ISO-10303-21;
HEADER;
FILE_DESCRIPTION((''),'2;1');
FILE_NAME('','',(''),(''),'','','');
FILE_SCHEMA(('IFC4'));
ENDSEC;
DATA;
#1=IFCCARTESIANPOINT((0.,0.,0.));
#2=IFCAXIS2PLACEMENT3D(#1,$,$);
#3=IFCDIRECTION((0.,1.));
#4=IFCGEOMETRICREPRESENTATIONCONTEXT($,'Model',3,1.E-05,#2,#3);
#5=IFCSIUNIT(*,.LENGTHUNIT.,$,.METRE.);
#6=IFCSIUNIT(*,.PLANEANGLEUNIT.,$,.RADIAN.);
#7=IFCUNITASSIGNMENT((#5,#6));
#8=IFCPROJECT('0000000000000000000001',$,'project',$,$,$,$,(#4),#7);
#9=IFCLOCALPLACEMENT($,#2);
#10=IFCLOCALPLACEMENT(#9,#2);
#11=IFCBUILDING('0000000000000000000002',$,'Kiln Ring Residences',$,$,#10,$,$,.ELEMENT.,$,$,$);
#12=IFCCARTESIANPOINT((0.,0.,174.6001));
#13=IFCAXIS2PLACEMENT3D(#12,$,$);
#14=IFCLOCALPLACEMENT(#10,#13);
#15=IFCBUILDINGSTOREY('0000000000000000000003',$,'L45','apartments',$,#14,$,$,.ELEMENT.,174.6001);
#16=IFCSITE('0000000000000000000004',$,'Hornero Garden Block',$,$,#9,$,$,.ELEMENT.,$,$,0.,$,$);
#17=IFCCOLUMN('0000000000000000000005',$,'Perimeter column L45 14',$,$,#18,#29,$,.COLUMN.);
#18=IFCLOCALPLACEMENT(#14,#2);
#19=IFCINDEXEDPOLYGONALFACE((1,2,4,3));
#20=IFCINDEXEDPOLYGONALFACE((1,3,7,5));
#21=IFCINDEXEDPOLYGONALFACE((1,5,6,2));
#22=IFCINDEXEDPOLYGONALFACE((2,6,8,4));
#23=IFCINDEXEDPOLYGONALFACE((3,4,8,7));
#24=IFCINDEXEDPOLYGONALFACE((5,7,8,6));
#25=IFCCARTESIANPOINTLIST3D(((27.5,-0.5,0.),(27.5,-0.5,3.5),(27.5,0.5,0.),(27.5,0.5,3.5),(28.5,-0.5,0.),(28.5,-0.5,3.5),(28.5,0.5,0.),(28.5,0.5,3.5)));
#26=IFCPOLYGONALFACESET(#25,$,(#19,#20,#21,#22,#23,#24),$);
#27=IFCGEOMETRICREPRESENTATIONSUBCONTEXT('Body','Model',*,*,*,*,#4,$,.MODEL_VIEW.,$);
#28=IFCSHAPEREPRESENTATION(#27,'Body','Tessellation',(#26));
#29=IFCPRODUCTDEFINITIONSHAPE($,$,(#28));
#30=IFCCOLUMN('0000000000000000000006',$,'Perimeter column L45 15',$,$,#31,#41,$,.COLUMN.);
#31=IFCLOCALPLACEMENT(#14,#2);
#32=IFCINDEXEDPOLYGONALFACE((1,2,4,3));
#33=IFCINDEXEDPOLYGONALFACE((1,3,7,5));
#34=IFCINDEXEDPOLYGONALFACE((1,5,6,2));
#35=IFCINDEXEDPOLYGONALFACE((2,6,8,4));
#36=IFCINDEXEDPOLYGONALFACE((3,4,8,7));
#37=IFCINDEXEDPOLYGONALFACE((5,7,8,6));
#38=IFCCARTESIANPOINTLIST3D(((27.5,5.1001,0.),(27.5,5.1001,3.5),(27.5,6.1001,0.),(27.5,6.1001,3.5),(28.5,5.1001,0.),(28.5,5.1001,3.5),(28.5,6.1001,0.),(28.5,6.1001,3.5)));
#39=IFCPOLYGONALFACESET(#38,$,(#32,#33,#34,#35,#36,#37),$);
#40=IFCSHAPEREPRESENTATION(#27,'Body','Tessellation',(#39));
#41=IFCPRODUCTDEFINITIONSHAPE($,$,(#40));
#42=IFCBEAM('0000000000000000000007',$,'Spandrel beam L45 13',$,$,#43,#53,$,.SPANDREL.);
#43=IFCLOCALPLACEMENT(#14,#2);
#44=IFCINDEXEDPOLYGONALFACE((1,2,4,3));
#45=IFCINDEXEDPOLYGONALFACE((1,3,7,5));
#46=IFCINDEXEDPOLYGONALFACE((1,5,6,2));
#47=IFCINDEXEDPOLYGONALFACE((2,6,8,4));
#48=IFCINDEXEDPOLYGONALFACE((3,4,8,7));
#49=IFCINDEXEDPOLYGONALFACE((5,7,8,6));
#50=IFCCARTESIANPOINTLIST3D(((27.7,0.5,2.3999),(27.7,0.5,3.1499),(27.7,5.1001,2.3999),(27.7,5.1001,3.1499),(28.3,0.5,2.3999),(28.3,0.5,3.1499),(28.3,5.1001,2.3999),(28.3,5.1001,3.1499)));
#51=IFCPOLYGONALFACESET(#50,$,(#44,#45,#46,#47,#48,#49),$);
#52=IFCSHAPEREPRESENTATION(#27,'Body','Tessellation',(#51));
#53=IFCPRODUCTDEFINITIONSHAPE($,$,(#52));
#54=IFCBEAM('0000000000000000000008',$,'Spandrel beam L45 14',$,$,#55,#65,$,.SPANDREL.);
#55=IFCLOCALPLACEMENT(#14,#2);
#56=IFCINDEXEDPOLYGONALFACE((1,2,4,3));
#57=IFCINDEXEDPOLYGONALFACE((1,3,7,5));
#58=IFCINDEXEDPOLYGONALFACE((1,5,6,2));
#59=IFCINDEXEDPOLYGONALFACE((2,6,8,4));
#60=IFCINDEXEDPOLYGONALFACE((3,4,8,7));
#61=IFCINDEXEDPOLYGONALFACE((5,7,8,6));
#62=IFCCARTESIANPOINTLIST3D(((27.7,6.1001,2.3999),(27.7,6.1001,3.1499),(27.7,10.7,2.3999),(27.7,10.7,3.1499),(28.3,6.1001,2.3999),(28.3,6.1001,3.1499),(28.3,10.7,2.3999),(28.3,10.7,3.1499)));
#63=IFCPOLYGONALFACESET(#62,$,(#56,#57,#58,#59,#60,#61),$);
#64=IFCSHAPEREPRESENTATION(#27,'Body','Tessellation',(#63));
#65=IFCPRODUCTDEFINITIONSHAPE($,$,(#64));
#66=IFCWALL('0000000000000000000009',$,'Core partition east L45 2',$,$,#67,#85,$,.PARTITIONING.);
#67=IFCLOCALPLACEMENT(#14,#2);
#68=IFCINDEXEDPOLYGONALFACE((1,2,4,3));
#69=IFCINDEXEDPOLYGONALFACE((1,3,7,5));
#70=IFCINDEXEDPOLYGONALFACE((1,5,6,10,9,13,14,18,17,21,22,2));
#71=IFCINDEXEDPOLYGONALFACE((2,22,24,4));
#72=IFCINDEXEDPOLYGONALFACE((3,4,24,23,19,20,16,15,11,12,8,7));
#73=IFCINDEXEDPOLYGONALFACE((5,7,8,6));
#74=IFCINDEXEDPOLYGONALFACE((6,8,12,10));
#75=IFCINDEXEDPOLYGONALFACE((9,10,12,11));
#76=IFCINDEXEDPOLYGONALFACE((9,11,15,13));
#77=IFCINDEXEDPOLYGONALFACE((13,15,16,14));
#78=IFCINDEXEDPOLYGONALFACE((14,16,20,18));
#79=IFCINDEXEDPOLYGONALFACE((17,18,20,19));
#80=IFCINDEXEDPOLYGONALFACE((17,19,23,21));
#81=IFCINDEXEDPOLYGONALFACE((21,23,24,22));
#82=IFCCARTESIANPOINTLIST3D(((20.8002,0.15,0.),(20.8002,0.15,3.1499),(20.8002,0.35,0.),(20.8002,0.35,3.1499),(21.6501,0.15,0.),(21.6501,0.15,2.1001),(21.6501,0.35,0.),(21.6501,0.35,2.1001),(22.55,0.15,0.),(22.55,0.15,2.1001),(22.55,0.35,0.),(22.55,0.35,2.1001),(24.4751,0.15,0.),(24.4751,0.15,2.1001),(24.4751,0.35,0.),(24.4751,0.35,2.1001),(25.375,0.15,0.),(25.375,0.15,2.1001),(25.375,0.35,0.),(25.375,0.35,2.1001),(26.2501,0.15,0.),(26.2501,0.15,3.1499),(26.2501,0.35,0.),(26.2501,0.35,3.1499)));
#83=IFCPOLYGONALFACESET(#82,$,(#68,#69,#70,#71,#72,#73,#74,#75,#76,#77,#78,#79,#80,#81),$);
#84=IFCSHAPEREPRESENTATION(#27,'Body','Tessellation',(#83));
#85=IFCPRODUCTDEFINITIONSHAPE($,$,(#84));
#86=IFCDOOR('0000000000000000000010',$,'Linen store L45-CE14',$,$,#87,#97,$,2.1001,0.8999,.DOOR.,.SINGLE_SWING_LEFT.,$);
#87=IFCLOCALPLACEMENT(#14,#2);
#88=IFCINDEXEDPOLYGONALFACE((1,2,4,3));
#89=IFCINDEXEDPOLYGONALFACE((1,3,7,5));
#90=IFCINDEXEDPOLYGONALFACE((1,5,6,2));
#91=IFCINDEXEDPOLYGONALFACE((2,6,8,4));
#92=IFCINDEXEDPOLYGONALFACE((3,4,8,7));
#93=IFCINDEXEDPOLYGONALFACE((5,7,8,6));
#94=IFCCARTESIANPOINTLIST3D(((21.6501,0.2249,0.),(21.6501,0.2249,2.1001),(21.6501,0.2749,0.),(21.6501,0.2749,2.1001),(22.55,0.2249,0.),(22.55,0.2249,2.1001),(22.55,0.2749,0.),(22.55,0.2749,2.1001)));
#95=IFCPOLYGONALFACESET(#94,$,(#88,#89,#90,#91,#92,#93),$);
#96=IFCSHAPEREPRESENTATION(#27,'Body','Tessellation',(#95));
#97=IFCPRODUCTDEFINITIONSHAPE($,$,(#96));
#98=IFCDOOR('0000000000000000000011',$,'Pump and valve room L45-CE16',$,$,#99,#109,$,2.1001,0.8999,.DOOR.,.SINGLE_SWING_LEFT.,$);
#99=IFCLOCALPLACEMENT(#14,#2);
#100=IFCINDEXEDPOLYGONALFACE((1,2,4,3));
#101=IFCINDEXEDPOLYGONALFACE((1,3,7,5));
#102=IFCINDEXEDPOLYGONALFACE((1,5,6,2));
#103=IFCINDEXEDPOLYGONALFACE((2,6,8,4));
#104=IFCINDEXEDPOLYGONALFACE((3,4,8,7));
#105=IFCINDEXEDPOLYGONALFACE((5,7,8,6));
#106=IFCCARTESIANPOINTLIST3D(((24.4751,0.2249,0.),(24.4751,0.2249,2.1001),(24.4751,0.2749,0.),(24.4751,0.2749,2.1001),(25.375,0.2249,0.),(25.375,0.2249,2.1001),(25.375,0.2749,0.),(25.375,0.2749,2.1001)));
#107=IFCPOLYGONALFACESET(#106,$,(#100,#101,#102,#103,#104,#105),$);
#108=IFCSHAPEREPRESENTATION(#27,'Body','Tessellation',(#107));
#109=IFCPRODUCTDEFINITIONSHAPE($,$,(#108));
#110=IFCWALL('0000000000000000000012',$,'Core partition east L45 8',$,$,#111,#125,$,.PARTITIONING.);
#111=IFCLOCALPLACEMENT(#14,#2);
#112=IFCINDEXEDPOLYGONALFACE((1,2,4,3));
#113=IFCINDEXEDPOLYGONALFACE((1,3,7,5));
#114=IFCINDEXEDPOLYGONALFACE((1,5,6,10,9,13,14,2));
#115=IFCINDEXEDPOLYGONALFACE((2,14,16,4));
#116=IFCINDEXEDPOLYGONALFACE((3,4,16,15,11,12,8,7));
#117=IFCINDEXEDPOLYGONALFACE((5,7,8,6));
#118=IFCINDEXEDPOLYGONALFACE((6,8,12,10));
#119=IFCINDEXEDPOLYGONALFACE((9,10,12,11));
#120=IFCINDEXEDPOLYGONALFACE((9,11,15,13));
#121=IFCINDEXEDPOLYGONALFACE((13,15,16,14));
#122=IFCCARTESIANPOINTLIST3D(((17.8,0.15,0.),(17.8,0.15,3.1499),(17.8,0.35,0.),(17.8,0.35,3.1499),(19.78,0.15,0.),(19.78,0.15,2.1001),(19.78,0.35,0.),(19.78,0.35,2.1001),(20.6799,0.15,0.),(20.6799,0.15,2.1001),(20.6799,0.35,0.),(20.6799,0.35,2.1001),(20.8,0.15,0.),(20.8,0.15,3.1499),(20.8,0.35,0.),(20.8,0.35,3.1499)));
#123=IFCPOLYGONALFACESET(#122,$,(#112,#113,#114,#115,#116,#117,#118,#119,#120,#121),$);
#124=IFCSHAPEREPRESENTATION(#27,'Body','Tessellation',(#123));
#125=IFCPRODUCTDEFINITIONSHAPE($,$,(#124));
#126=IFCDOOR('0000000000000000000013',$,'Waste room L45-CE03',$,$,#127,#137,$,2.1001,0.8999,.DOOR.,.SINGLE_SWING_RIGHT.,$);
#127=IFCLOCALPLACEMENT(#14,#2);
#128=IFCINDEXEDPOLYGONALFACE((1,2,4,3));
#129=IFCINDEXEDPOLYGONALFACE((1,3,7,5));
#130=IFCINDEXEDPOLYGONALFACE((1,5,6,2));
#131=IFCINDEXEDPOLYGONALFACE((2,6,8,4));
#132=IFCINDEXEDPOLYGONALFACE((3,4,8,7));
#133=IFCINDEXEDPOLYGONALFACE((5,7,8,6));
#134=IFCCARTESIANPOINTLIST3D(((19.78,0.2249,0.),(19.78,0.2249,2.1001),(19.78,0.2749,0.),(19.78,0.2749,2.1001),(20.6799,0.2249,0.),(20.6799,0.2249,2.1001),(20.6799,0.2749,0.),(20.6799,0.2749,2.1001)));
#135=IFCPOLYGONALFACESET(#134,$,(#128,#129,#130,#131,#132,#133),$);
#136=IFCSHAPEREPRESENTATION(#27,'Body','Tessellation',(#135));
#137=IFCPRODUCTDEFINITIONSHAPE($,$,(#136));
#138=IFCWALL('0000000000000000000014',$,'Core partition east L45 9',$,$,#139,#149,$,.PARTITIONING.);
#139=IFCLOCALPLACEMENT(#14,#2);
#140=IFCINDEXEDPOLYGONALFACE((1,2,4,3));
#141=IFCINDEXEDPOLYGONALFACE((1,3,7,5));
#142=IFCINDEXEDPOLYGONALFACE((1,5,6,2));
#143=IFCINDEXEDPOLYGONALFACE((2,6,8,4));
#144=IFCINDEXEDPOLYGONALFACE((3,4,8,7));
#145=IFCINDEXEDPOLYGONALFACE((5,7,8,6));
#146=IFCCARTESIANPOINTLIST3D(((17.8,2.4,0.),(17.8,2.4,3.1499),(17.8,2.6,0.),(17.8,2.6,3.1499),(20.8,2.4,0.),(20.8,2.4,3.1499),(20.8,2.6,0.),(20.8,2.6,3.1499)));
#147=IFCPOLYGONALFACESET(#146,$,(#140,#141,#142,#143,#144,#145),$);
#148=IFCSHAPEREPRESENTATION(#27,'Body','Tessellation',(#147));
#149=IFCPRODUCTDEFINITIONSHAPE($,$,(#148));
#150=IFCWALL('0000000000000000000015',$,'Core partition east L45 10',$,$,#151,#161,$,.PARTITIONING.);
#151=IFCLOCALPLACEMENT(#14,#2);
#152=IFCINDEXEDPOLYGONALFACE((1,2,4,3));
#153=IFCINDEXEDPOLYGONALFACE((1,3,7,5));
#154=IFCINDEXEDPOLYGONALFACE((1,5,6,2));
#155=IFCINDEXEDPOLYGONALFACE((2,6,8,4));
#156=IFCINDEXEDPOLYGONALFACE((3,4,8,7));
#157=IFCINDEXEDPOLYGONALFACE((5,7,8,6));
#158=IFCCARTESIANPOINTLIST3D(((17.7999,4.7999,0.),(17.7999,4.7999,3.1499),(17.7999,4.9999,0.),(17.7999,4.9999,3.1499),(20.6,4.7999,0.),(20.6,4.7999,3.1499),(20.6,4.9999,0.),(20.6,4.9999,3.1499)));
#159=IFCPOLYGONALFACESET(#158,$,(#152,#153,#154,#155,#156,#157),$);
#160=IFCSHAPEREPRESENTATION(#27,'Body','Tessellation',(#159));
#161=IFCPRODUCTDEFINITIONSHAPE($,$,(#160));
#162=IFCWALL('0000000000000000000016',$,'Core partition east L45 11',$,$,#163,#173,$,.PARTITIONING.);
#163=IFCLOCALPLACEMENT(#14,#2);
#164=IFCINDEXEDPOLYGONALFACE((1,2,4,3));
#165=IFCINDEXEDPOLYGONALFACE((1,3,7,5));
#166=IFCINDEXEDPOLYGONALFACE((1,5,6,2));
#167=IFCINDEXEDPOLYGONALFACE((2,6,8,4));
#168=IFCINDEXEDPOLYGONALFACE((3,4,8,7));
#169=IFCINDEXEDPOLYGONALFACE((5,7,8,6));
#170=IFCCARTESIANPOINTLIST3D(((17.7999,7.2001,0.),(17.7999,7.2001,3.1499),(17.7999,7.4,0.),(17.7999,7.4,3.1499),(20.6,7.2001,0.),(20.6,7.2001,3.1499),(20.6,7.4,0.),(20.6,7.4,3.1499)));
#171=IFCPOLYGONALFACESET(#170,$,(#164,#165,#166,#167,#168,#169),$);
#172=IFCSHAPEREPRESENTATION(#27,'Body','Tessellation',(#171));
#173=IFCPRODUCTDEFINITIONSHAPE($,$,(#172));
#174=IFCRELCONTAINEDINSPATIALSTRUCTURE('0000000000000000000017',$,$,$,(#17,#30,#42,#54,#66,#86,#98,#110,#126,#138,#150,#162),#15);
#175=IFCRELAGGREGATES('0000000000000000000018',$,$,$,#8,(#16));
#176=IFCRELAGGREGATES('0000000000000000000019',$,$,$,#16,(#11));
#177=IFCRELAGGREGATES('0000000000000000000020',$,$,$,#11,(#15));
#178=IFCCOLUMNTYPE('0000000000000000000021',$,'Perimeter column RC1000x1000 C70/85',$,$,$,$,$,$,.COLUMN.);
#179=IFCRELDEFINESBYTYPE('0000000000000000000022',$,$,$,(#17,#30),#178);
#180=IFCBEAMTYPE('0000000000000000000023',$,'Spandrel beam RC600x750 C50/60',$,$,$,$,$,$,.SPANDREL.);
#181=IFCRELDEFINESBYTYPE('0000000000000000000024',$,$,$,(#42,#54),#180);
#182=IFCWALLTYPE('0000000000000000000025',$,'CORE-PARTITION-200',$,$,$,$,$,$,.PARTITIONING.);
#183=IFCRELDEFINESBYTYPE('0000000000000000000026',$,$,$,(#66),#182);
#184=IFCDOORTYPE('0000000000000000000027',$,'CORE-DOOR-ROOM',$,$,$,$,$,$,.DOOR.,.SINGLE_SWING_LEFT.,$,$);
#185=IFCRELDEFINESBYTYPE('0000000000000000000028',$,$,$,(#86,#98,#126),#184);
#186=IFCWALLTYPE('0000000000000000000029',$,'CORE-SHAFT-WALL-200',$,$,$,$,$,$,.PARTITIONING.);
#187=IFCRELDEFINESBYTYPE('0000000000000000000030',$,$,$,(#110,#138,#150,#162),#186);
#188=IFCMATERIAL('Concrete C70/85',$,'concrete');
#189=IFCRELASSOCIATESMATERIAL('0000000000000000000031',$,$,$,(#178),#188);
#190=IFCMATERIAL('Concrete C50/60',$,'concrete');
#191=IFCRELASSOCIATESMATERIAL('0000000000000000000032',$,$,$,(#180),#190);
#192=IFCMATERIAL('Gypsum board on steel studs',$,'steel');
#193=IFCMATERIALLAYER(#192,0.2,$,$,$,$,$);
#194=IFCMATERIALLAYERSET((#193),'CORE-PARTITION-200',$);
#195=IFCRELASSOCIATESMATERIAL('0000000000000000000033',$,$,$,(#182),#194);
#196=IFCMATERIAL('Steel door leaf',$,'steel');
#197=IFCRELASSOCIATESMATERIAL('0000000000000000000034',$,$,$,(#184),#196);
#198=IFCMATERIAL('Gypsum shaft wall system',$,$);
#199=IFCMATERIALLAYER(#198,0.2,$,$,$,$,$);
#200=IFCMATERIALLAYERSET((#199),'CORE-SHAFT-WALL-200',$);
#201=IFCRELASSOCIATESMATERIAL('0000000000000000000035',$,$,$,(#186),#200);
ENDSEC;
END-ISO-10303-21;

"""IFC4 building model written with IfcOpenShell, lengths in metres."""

from ifc_helpers import new_model, si_unit, direction, frame, frame_2d, origin, origin_2d, place, context, subcontext, project, spatial, rectangle, extrude, material, layer, layer_set, material_profile, profile_set, type_object, element, fill, save


model = new_model("IFC4")

# Units and contexts
model_context = context("Model", 3, precision=1e-05, world=origin(), true_north=direction((0.0, 1.0)))
body_context = subcontext(model_context, "Body", "Model", "MODEL_VIEW")
ifc_project = project(units=[si_unit("LENGTHUNIT", "METRE"), si_unit("PLANEANGLEUNIT", "RADIAN")], contexts=[model_context])

# Site, building, storey
site_placement = place(None, origin())
site = spatial("IfcSite", under=ifc_project, at=site_placement, Name="Hornero Garden Block", CompositionType="ELEMENT", RefElevation=0.0)
building_placement = place(site_placement, origin())
building = spatial("IfcBuilding", under=site, at=building_placement, Name="Kiln Ring Residences", CompositionType="ELEMENT")
storey_placement = place(building_placement, frame((0.0, 0.0, 174.6001)))
storey = spatial("IfcBuildingStorey", under=building, at=storey_placement, Name="L45", Description="apartments", CompositionType="ELEMENT", Elevation=174.6001)

# Columns
ifc_material_1 = material(Name="Concrete C70/85", Category="concrete")
ifc_material_profile_1 = material_profile(ifc_material_1, rectangle(XDim=1.0, YDim=1.0, at=origin_2d()), Name="RC1000x1000")
ifc_profile_set_1 = profile_set([ifc_material_profile_1], Name="Concrete C70/85")
column_type = type_object("IfcColumnType", Name="Perimeter column RC1000x1000 C70/85", PredefinedType="COLUMN", material=ifc_profile_set_1)
for number, where, z_axis, x_axis, name in (
    (1, (28.0, 0.0, 0.0), (0.0, 0.0, 1.0), (1.0, 0.0, 0.0), "Perimeter column L45 14"),
    (2, (28.0, 5.6001, 0.0), (0.0, 0.0, 1.0), (1.0, 0.0, 0.0), "Perimeter column L45 15"),
):
    element("IfcColumn", number, at=place(storey_placement, frame(where, z_axis=z_axis, x_axis=x_axis)), inside=storey, type_object=column_type, Name=name, PredefinedType="COLUMN", context=body_context, shape_type="SweptSolid", body=[
        extrude(rectangle(XDim=1.0, YDim=1.0, at=origin_2d()), origin(), (0.0, 0.0, 1.0), 3.5),
    ])

# Beams
ifc_material_2 = material(Name="Concrete C50/60", Category="concrete")
ifc_material_profile_2 = material_profile(ifc_material_2, rectangle(XDim=0.6001, YDim=0.75, at=origin_2d()), Name="RC600x750")
ifc_profile_set_2 = profile_set([ifc_material_profile_2], Name="Concrete C50/60")
beam_type = type_object("IfcBeamType", Name="Spandrel beam RC600x750 C50/60", PredefinedType="SPANDREL", material=ifc_profile_set_2)
beam_1_placement = place(storey_placement, frame((28.0, 0.5, 2.7749), z_axis=(0.0, 1.0, 0.0), x_axis=(-1.0, 0.0, 0.0)))
element("IfcBeam", 3, at=beam_1_placement, inside=storey, type_object=beam_type, Name="Spandrel beam L45 13", PredefinedType="SPANDREL", context=body_context, shape_type="SweptSolid", body=[
    extrude(rectangle(XDim=0.6001, YDim=0.75, at=origin_2d()), origin(), (0.0, 0.0, 1.0), 4.6001),
])
beam_2_placement = place(storey_placement, frame((28.0, 6.1001, 2.7749), z_axis=(0.0, 1.0, 0.0), x_axis=(-1.0, 0.0, 0.0)))
element("IfcBeam", 4, at=beam_2_placement, inside=storey, type_object=beam_type, Name="Spandrel beam L45 14", PredefinedType="SPANDREL", context=body_context, shape_type="SweptSolid", body=[
    extrude(rectangle(XDim=0.6001, YDim=0.75, at=origin_2d()), origin(), (0.0, 0.0, 1.0), 4.5999),
])

# Wall, openings, doors
ifc_material_3 = material(Name="Gypsum board on steel studs", Category="steel")
ifc_layer_1 = layer(ifc_material_3, 0.2)
ifc_layer_set_1 = layer_set([ifc_layer_1], Name="CORE-PARTITION-200")
wall_type_1 = type_object("IfcWallType", Name="CORE-PARTITION-200", PredefinedType="PARTITIONING", material=ifc_layer_set_1)
wall_1_placement = place(storey_placement, frame((20.8, 0.25, 0.0), z_axis=(0.0, 0.0, 1.0), x_axis=(1.0, 0.0, 0.0)))
wall_1 = element("IfcWall", 5, at=wall_1_placement, inside=storey, type_object=wall_type_1, Name="Core partition east L45 2", PredefinedType="PARTITIONING", context=body_context, shape_type="SweptSolid", body=[
    extrude(rectangle(XDim=5.45, YDim=0.2, at=frame_2d((2.7251, 0.0))), origin(), (0.0, 0.0, 1.0), 3.1499),
])
opening_1_placement = place(wall_1_placement, frame((0.8501, 0.0, 0.0)))
opening_1 = element("IfcOpeningElement", 6, at=opening_1_placement, cuts=wall_1, PredefinedType="OPENING", context=body_context, shape_type="SweptSolid", body=[
    extrude(rectangle(XDim=0.8999, YDim=2.1001, at=frame_2d((0.45, 1.05))), frame((0.0, 0.1099, 0.0), z_axis=(0.0, -1.0, 0.0), x_axis=(1.0, 0.0, 0.0)), (0.0, 0.0, 1.0), 0.22),
])
opening_2_placement = place(wall_1_placement, frame((3.675, 0.0, 0.0)))
opening_2 = element("IfcOpeningElement", 7, at=opening_2_placement, cuts=wall_1, PredefinedType="OPENING", context=body_context, shape_type="SweptSolid", body=[
    extrude(rectangle(XDim=0.8999, YDim=2.1001, at=frame_2d((0.45, 1.05))), frame((0.0, 0.1099, 0.0), z_axis=(0.0, -1.0, 0.0), x_axis=(1.0, 0.0, 0.0)), (0.0, 0.0, 1.0), 0.22),
])
ifc_material_4 = material(Name="Steel door leaf", Category="steel")
door_type = type_object("IfcDoorType", Name="CORE-DOOR-ROOM", OperationType="SINGLE_SWING_LEFT", PredefinedType="DOOR", material=ifc_material_4)
door_1_placement = place(opening_1_placement, origin())
door_1 = element("IfcDoor", 8, at=door_1_placement, inside=storey, type_object=door_type, Name="Linen store L45-CE14", OperationType="SINGLE_SWING_LEFT", OverallHeight=2.1001, OverallWidth=0.8999, PredefinedType="DOOR", context=body_context, shape_type="SweptSolid", body=[
    extrude(rectangle(XDim=0.8999, YDim=2.1001, at=frame_2d((0.45, 1.05))), frame((0.0, 0.0249, 0.0), z_axis=(0.0, -1.0, 0.0), x_axis=(1.0, 0.0, 0.0)), (0.0, 0.0, 1.0), 0.05),
])
fill(opening_1, door_1)
door_2_placement = place(opening_2_placement, origin())
door_2 = element("IfcDoor", 9, at=door_2_placement, inside=storey, type_object=door_type, Name="Pump and valve room L45-CE16", OperationType="SINGLE_SWING_LEFT", OverallHeight=2.1001, OverallWidth=0.8999, PredefinedType="DOOR", context=body_context, shape_type="SweptSolid", body=[
    extrude(rectangle(XDim=0.8999, YDim=2.1001, at=frame_2d((0.45, 1.05))), frame((0.0, 0.0249, 0.0), z_axis=(0.0, -1.0, 0.0), x_axis=(1.0, 0.0, 0.0)), (0.0, 0.0, 1.0), 0.05),
])
fill(opening_2, door_2)

# Wall, opening, door
ifc_material_5 = material(Name="Gypsum shaft wall system")
ifc_layer_2 = layer(ifc_material_5, 0.2)
ifc_layer_set_2 = layer_set([ifc_layer_2], Name="CORE-SHAFT-WALL-200")
wall_type_2 = type_object("IfcWallType", Name="CORE-SHAFT-WALL-200", PredefinedType="PARTITIONING", material=ifc_layer_set_2)
wall_2_placement = place(storey_placement, frame((17.8, 0.25, 0.0), z_axis=(0.0, 0.0, 1.0), x_axis=(1.0, 0.0, 0.0)))
wall_2 = element("IfcWall", 10, at=wall_2_placement, inside=storey, type_object=wall_type_2, Name="Core partition east L45 8", PredefinedType="PARTITIONING", context=body_context, shape_type="SweptSolid", body=[
    extrude(rectangle(XDim=3.0, YDim=0.2, at=frame_2d((1.5, 0.0))), origin(), (0.0, 0.0, 1.0), 3.1499),
])
opening_3_placement = place(wall_2_placement, frame((1.98, 0.0, 0.0)))
opening_3 = element("IfcOpeningElement", 11, at=opening_3_placement, cuts=wall_2, PredefinedType="OPENING", context=body_context, shape_type="SweptSolid", body=[
    extrude(rectangle(XDim=0.8999, YDim=2.1001, at=frame_2d((0.45, 1.05))), frame((0.0, 0.1099, 0.0), z_axis=(0.0, -1.0, 0.0), x_axis=(1.0, 0.0, 0.0)), (0.0, 0.0, 1.0), 0.22),
])
door_3_placement = place(opening_3_placement, origin())
door_3 = element("IfcDoor", 12, at=door_3_placement, inside=storey, type_object=door_type, Name="Waste room L45-CE03", OperationType="SINGLE_SWING_RIGHT", OverallHeight=2.1001, OverallWidth=0.8999, PredefinedType="DOOR", context=body_context, shape_type="SweptSolid", body=[
    extrude(rectangle(XDim=0.8999, YDim=2.1001, at=frame_2d((0.45, 1.05))), frame((0.0, 0.0249, 0.0), z_axis=(0.0, -1.0, 0.0), x_axis=(1.0, 0.0, 0.0)), (0.0, 0.0, 1.0), 0.05),
])
fill(opening_3, door_3)

# Walls
wall_3_placement = place(storey_placement, frame((17.8, 2.5, 0.0), z_axis=(0.0, 0.0, 1.0), x_axis=(1.0, 0.0, 0.0)))
element("IfcWall", 13, at=wall_3_placement, inside=storey, type_object=wall_type_2, Name="Core partition east L45 9", PredefinedType="PARTITIONING", context=body_context, shape_type="SweptSolid", body=[
    extrude(rectangle(XDim=3.0, YDim=0.2, at=frame_2d((1.5, 0.0))), origin(), (0.0, 0.0, 1.0), 3.1499),
])
for number, where, z_axis, x_axis, name in (
    (14, (17.8, 4.8999, 0.0), (0.0, 0.0, 1.0), (1.0, 0.0, 0.0), "Core partition east L45 10"),
    (15, (17.8, 7.3, 0.0), (0.0, 0.0, 1.0), (1.0, 0.0, 0.0), "Core partition east L45 11"),
):
    element("IfcWall", number, at=place(storey_placement, frame(where, z_axis=z_axis, x_axis=x_axis)), inside=storey, type_object=wall_type_2, Name=name, PredefinedType="PARTITIONING", context=body_context, shape_type="SweptSolid", body=[
        extrude(rectangle(XDim=2.8, YDim=0.2, at=frame_2d((1.3999, 0.0))), origin(), (0.0, 0.0, 1.0), 3.1499),
    ])

save(model, "model.ifc")
